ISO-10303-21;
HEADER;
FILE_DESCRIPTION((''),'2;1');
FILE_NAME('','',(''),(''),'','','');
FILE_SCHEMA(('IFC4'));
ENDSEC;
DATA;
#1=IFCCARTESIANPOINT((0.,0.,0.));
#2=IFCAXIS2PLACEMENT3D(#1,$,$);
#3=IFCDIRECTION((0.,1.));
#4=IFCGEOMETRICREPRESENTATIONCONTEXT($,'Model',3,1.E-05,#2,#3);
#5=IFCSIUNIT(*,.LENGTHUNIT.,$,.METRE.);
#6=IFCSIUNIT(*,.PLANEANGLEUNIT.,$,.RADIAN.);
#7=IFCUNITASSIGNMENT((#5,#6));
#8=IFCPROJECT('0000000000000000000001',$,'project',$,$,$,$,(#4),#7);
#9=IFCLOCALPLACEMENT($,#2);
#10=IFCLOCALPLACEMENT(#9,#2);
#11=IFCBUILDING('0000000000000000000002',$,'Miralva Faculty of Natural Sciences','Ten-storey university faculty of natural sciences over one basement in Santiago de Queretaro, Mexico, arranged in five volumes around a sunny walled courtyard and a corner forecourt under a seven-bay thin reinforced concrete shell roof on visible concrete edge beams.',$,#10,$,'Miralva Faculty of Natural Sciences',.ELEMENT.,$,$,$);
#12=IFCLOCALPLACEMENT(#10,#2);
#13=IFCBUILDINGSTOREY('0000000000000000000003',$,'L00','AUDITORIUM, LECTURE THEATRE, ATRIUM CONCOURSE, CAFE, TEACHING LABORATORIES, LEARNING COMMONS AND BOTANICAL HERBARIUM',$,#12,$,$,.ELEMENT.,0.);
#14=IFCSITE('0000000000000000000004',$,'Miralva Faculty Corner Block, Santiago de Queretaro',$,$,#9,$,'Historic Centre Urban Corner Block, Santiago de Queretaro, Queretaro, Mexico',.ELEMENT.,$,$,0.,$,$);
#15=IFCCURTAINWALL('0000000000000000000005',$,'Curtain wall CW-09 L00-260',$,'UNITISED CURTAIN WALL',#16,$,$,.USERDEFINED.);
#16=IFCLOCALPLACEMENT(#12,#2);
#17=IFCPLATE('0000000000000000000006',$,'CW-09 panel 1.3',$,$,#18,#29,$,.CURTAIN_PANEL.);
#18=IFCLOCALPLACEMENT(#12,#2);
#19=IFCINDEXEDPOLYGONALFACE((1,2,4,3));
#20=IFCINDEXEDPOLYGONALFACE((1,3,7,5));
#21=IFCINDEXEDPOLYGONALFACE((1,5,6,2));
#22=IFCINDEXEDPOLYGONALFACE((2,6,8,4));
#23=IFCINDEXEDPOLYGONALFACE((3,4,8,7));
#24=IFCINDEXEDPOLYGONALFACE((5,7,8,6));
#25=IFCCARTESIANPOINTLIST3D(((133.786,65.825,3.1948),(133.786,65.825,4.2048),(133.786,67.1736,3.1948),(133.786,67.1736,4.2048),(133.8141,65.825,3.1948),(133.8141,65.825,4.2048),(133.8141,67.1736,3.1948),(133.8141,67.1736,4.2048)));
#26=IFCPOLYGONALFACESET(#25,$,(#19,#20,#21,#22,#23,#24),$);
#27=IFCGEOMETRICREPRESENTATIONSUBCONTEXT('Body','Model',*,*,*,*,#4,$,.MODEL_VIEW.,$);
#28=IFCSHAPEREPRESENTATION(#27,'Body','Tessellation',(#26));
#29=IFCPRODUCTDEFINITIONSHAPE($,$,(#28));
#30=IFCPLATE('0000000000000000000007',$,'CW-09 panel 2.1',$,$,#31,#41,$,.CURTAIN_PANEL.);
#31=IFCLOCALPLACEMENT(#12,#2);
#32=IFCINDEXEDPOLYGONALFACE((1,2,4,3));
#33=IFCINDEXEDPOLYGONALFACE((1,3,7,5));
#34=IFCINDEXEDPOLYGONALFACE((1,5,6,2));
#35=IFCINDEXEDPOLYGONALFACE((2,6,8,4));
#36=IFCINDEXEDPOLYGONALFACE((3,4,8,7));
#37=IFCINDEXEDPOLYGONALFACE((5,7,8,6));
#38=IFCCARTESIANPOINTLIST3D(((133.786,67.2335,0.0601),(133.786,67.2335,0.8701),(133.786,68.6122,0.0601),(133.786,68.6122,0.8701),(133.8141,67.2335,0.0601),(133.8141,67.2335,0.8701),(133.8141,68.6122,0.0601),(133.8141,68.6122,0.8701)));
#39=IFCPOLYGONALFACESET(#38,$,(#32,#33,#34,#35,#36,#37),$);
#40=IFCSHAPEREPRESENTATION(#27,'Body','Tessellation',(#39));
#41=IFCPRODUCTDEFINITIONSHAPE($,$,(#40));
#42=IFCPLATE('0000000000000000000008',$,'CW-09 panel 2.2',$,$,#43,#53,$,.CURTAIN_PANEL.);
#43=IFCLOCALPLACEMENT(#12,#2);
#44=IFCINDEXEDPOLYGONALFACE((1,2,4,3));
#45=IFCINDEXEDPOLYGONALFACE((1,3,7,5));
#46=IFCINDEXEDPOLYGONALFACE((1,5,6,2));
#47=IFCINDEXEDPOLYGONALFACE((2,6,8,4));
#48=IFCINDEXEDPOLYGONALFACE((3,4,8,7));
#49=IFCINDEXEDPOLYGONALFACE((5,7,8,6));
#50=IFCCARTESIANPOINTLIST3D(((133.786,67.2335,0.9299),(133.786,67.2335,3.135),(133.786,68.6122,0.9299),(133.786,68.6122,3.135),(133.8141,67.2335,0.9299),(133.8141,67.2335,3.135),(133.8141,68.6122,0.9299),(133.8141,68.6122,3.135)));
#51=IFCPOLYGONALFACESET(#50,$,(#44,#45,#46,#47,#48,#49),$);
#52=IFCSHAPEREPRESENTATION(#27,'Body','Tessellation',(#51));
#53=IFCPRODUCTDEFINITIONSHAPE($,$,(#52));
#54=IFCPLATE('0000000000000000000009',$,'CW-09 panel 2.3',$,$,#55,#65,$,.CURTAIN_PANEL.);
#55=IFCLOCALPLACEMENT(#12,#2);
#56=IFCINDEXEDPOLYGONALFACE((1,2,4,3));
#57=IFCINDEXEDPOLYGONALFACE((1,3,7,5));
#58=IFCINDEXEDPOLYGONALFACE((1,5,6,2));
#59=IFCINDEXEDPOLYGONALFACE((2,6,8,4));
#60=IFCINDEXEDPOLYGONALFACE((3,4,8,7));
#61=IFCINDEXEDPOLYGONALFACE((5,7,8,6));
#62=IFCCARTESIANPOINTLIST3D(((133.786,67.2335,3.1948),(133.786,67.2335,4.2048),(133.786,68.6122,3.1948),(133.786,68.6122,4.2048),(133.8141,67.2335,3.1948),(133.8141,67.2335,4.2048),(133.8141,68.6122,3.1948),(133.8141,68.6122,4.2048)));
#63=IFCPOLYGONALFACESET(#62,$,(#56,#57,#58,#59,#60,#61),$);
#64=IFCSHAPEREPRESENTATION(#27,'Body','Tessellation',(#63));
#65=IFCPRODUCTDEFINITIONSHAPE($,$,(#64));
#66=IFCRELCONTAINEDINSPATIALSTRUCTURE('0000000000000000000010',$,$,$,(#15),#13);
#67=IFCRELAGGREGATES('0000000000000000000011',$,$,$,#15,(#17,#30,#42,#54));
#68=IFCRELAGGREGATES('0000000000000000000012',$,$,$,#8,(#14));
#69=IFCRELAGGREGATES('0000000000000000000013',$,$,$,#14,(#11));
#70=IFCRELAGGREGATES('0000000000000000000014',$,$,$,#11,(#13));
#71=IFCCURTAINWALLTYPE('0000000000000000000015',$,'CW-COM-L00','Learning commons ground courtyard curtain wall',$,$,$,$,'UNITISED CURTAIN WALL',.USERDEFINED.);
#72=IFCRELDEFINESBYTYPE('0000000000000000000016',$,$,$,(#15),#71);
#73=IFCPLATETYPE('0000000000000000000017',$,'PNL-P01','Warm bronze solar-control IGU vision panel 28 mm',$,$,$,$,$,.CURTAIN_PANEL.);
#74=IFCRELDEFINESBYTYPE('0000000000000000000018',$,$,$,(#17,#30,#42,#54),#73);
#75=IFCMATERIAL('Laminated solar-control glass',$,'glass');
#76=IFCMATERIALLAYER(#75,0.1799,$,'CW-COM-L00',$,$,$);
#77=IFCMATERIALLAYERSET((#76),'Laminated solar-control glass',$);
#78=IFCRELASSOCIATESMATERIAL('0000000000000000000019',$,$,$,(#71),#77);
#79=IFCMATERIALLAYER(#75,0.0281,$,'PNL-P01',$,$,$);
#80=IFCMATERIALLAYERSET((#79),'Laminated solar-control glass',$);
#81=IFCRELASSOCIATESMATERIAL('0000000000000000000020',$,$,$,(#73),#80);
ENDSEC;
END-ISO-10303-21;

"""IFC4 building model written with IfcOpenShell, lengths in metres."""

from ifc_helpers import new_model, si_unit, direction, frame, origin, origin_2d, place, context, subcontext, project, spatial, rectangle, extrude, material, layer, layer_set, type_object, element, aggregate, save


model = new_model("IFC4")

# Units and contexts
model_context = context("Model", 3, precision=1e-05, world=origin(), true_north=direction((0.0, 1.0)))
body_context = subcontext(model_context, "Body", "Model", "MODEL_VIEW")
ifc_project = project(units=[si_unit("LENGTHUNIT", "METRE"), si_unit("PLANEANGLEUNIT", "RADIAN")], contexts=[model_context])

# Site, building, storey
site_placement = place(None, origin())
site = spatial("IfcSite", under=ifc_project, at=site_placement, Name="Miralva Faculty Corner Block, Santiago de Queretaro", LongName="Historic Centre Urban Corner Block, Santiago de Queretaro, Queretaro, Mexico", CompositionType="ELEMENT", RefElevation=0.0)
building_placement = place(site_placement, origin())
building = spatial("IfcBuilding", under=site, at=building_placement, Name="Miralva Faculty of Natural Sciences", Description="Ten-storey university faculty of natural sciences over one basement in Santiago de Queretaro, Mexico, arranged in five volumes around a sunny walled courtyard and a corner forecourt under a seven-bay thin reinforced concrete shell roof on visible concrete edge beams.", LongName="Miralva Faculty of Natural Sciences", CompositionType="ELEMENT")
storey_placement = place(building_placement, origin())
storey = spatial("IfcBuildingStorey", under=building, at=storey_placement, Name="L00", Description="AUDITORIUM, LECTURE THEATRE, ATRIUM CONCOURSE, CAFE, TEACHING LABORATORIES, LEARNING COMMONS AND BOTANICAL HERBARIUM", CompositionType="ELEMENT", Elevation=0.0)

# Shared definitions
ifc_material_1 = material(Name="Laminated solar-control glass", Category="glass")
ifc_layer_1 = layer(ifc_material_1, 0.1799, Name="CW-COM-L00")
ifc_layer_set_1 = layer_set([ifc_layer_1], Name="Laminated solar-control glass")
curtain_wall_type = type_object("IfcCurtainWallType", Name="CW-COM-L00", Description="Learning commons ground courtyard curtain wall", ElementType="UNITISED CURTAIN WALL", PredefinedType="USERDEFINED", material=ifc_layer_set_1)

# Curtain wall
curtain_wall_1_placement = place(storey_placement, origin())
curtain_wall_1 = element("IfcCurtainWall", 1, at=curtain_wall_1_placement, inside=storey, type_object=curtain_wall_type, Name="Curtain wall CW-09 L00-260", ObjectType="UNITISED CURTAIN WALL", PredefinedType="USERDEFINED")

# Plates
ifc_layer_2 = layer(ifc_material_1, 0.0281, Name="PNL-P01")
ifc_layer_set_2 = layer_set([ifc_layer_2], Name="Laminated solar-control glass")
plate_type = type_object("IfcPlateType", Name="PNL-P01", Description="Warm bronze solar-control IGU vision panel 28 mm", PredefinedType="CURTAIN_PANEL", material=ifc_layer_set_2)
plate_1_placement = place(storey_placement, frame((133.8, 66.4993, 3.1948), z_axis=(0.0, 0.0, 1.0), x_axis=(0.0, 1.0, 0.0)))
plate_1 = element("IfcPlate", 2, at=plate_1_placement, type_object=plate_type, Name="CW-09 panel 1.3", PredefinedType="CURTAIN_PANEL", context=body_context, shape_type="SweptSolid", body=[
    extrude(rectangle(XDim=1.3486, YDim=0.0281, at=origin_2d()), origin(), (0.0, 0.0, 1.0), 1.01),
])
plate_2_placement = place(storey_placement, frame((133.8, 67.9229, 0.0601), z_axis=(0.0, 0.0, 1.0), x_axis=(0.0, 1.0, 0.0)))
plate_2 = element("IfcPlate", 3, at=plate_2_placement, type_object=plate_type, Name="CW-09 panel 2.1", PredefinedType="CURTAIN_PANEL", context=body_context, shape_type="SweptSolid", body=[
    extrude(rectangle(XDim=1.3787, YDim=0.0281, at=origin_2d()), origin(), (0.0, 0.0, 1.0), 0.8101),
])
plate_3_placement = place(storey_placement, frame((133.8, 67.9229, 0.9299), z_axis=(0.0, 0.0, 1.0), x_axis=(0.0, 1.0, 0.0)))
plate_3 = element("IfcPlate", 4, at=plate_3_placement, type_object=plate_type, Name="CW-09 panel 2.2", PredefinedType="CURTAIN_PANEL", context=body_context, shape_type="SweptSolid", body=[
    extrude(rectangle(XDim=1.3787, YDim=0.0281, at=origin_2d()), origin(), (0.0, 0.0, 1.0), 2.2051),
])
plate_4_placement = place(storey_placement, frame((133.8, 67.9229, 3.1948), z_axis=(0.0, 0.0, 1.0), x_axis=(0.0, 1.0, 0.0)))
plate_4 = element("IfcPlate", 5, at=plate_4_placement, type_object=plate_type, Name="CW-09 panel 2.3", PredefinedType="CURTAIN_PANEL", context=body_context, shape_type="SweptSolid", body=[
    extrude(rectangle(XDim=1.3787, YDim=0.0281, at=origin_2d()), origin(), (0.0, 0.0, 1.0), 1.01),
])
aggregate(curtain_wall_1, [plate_1, plate_2, plate_3, plate_4])

save(model, "model.ifc")
